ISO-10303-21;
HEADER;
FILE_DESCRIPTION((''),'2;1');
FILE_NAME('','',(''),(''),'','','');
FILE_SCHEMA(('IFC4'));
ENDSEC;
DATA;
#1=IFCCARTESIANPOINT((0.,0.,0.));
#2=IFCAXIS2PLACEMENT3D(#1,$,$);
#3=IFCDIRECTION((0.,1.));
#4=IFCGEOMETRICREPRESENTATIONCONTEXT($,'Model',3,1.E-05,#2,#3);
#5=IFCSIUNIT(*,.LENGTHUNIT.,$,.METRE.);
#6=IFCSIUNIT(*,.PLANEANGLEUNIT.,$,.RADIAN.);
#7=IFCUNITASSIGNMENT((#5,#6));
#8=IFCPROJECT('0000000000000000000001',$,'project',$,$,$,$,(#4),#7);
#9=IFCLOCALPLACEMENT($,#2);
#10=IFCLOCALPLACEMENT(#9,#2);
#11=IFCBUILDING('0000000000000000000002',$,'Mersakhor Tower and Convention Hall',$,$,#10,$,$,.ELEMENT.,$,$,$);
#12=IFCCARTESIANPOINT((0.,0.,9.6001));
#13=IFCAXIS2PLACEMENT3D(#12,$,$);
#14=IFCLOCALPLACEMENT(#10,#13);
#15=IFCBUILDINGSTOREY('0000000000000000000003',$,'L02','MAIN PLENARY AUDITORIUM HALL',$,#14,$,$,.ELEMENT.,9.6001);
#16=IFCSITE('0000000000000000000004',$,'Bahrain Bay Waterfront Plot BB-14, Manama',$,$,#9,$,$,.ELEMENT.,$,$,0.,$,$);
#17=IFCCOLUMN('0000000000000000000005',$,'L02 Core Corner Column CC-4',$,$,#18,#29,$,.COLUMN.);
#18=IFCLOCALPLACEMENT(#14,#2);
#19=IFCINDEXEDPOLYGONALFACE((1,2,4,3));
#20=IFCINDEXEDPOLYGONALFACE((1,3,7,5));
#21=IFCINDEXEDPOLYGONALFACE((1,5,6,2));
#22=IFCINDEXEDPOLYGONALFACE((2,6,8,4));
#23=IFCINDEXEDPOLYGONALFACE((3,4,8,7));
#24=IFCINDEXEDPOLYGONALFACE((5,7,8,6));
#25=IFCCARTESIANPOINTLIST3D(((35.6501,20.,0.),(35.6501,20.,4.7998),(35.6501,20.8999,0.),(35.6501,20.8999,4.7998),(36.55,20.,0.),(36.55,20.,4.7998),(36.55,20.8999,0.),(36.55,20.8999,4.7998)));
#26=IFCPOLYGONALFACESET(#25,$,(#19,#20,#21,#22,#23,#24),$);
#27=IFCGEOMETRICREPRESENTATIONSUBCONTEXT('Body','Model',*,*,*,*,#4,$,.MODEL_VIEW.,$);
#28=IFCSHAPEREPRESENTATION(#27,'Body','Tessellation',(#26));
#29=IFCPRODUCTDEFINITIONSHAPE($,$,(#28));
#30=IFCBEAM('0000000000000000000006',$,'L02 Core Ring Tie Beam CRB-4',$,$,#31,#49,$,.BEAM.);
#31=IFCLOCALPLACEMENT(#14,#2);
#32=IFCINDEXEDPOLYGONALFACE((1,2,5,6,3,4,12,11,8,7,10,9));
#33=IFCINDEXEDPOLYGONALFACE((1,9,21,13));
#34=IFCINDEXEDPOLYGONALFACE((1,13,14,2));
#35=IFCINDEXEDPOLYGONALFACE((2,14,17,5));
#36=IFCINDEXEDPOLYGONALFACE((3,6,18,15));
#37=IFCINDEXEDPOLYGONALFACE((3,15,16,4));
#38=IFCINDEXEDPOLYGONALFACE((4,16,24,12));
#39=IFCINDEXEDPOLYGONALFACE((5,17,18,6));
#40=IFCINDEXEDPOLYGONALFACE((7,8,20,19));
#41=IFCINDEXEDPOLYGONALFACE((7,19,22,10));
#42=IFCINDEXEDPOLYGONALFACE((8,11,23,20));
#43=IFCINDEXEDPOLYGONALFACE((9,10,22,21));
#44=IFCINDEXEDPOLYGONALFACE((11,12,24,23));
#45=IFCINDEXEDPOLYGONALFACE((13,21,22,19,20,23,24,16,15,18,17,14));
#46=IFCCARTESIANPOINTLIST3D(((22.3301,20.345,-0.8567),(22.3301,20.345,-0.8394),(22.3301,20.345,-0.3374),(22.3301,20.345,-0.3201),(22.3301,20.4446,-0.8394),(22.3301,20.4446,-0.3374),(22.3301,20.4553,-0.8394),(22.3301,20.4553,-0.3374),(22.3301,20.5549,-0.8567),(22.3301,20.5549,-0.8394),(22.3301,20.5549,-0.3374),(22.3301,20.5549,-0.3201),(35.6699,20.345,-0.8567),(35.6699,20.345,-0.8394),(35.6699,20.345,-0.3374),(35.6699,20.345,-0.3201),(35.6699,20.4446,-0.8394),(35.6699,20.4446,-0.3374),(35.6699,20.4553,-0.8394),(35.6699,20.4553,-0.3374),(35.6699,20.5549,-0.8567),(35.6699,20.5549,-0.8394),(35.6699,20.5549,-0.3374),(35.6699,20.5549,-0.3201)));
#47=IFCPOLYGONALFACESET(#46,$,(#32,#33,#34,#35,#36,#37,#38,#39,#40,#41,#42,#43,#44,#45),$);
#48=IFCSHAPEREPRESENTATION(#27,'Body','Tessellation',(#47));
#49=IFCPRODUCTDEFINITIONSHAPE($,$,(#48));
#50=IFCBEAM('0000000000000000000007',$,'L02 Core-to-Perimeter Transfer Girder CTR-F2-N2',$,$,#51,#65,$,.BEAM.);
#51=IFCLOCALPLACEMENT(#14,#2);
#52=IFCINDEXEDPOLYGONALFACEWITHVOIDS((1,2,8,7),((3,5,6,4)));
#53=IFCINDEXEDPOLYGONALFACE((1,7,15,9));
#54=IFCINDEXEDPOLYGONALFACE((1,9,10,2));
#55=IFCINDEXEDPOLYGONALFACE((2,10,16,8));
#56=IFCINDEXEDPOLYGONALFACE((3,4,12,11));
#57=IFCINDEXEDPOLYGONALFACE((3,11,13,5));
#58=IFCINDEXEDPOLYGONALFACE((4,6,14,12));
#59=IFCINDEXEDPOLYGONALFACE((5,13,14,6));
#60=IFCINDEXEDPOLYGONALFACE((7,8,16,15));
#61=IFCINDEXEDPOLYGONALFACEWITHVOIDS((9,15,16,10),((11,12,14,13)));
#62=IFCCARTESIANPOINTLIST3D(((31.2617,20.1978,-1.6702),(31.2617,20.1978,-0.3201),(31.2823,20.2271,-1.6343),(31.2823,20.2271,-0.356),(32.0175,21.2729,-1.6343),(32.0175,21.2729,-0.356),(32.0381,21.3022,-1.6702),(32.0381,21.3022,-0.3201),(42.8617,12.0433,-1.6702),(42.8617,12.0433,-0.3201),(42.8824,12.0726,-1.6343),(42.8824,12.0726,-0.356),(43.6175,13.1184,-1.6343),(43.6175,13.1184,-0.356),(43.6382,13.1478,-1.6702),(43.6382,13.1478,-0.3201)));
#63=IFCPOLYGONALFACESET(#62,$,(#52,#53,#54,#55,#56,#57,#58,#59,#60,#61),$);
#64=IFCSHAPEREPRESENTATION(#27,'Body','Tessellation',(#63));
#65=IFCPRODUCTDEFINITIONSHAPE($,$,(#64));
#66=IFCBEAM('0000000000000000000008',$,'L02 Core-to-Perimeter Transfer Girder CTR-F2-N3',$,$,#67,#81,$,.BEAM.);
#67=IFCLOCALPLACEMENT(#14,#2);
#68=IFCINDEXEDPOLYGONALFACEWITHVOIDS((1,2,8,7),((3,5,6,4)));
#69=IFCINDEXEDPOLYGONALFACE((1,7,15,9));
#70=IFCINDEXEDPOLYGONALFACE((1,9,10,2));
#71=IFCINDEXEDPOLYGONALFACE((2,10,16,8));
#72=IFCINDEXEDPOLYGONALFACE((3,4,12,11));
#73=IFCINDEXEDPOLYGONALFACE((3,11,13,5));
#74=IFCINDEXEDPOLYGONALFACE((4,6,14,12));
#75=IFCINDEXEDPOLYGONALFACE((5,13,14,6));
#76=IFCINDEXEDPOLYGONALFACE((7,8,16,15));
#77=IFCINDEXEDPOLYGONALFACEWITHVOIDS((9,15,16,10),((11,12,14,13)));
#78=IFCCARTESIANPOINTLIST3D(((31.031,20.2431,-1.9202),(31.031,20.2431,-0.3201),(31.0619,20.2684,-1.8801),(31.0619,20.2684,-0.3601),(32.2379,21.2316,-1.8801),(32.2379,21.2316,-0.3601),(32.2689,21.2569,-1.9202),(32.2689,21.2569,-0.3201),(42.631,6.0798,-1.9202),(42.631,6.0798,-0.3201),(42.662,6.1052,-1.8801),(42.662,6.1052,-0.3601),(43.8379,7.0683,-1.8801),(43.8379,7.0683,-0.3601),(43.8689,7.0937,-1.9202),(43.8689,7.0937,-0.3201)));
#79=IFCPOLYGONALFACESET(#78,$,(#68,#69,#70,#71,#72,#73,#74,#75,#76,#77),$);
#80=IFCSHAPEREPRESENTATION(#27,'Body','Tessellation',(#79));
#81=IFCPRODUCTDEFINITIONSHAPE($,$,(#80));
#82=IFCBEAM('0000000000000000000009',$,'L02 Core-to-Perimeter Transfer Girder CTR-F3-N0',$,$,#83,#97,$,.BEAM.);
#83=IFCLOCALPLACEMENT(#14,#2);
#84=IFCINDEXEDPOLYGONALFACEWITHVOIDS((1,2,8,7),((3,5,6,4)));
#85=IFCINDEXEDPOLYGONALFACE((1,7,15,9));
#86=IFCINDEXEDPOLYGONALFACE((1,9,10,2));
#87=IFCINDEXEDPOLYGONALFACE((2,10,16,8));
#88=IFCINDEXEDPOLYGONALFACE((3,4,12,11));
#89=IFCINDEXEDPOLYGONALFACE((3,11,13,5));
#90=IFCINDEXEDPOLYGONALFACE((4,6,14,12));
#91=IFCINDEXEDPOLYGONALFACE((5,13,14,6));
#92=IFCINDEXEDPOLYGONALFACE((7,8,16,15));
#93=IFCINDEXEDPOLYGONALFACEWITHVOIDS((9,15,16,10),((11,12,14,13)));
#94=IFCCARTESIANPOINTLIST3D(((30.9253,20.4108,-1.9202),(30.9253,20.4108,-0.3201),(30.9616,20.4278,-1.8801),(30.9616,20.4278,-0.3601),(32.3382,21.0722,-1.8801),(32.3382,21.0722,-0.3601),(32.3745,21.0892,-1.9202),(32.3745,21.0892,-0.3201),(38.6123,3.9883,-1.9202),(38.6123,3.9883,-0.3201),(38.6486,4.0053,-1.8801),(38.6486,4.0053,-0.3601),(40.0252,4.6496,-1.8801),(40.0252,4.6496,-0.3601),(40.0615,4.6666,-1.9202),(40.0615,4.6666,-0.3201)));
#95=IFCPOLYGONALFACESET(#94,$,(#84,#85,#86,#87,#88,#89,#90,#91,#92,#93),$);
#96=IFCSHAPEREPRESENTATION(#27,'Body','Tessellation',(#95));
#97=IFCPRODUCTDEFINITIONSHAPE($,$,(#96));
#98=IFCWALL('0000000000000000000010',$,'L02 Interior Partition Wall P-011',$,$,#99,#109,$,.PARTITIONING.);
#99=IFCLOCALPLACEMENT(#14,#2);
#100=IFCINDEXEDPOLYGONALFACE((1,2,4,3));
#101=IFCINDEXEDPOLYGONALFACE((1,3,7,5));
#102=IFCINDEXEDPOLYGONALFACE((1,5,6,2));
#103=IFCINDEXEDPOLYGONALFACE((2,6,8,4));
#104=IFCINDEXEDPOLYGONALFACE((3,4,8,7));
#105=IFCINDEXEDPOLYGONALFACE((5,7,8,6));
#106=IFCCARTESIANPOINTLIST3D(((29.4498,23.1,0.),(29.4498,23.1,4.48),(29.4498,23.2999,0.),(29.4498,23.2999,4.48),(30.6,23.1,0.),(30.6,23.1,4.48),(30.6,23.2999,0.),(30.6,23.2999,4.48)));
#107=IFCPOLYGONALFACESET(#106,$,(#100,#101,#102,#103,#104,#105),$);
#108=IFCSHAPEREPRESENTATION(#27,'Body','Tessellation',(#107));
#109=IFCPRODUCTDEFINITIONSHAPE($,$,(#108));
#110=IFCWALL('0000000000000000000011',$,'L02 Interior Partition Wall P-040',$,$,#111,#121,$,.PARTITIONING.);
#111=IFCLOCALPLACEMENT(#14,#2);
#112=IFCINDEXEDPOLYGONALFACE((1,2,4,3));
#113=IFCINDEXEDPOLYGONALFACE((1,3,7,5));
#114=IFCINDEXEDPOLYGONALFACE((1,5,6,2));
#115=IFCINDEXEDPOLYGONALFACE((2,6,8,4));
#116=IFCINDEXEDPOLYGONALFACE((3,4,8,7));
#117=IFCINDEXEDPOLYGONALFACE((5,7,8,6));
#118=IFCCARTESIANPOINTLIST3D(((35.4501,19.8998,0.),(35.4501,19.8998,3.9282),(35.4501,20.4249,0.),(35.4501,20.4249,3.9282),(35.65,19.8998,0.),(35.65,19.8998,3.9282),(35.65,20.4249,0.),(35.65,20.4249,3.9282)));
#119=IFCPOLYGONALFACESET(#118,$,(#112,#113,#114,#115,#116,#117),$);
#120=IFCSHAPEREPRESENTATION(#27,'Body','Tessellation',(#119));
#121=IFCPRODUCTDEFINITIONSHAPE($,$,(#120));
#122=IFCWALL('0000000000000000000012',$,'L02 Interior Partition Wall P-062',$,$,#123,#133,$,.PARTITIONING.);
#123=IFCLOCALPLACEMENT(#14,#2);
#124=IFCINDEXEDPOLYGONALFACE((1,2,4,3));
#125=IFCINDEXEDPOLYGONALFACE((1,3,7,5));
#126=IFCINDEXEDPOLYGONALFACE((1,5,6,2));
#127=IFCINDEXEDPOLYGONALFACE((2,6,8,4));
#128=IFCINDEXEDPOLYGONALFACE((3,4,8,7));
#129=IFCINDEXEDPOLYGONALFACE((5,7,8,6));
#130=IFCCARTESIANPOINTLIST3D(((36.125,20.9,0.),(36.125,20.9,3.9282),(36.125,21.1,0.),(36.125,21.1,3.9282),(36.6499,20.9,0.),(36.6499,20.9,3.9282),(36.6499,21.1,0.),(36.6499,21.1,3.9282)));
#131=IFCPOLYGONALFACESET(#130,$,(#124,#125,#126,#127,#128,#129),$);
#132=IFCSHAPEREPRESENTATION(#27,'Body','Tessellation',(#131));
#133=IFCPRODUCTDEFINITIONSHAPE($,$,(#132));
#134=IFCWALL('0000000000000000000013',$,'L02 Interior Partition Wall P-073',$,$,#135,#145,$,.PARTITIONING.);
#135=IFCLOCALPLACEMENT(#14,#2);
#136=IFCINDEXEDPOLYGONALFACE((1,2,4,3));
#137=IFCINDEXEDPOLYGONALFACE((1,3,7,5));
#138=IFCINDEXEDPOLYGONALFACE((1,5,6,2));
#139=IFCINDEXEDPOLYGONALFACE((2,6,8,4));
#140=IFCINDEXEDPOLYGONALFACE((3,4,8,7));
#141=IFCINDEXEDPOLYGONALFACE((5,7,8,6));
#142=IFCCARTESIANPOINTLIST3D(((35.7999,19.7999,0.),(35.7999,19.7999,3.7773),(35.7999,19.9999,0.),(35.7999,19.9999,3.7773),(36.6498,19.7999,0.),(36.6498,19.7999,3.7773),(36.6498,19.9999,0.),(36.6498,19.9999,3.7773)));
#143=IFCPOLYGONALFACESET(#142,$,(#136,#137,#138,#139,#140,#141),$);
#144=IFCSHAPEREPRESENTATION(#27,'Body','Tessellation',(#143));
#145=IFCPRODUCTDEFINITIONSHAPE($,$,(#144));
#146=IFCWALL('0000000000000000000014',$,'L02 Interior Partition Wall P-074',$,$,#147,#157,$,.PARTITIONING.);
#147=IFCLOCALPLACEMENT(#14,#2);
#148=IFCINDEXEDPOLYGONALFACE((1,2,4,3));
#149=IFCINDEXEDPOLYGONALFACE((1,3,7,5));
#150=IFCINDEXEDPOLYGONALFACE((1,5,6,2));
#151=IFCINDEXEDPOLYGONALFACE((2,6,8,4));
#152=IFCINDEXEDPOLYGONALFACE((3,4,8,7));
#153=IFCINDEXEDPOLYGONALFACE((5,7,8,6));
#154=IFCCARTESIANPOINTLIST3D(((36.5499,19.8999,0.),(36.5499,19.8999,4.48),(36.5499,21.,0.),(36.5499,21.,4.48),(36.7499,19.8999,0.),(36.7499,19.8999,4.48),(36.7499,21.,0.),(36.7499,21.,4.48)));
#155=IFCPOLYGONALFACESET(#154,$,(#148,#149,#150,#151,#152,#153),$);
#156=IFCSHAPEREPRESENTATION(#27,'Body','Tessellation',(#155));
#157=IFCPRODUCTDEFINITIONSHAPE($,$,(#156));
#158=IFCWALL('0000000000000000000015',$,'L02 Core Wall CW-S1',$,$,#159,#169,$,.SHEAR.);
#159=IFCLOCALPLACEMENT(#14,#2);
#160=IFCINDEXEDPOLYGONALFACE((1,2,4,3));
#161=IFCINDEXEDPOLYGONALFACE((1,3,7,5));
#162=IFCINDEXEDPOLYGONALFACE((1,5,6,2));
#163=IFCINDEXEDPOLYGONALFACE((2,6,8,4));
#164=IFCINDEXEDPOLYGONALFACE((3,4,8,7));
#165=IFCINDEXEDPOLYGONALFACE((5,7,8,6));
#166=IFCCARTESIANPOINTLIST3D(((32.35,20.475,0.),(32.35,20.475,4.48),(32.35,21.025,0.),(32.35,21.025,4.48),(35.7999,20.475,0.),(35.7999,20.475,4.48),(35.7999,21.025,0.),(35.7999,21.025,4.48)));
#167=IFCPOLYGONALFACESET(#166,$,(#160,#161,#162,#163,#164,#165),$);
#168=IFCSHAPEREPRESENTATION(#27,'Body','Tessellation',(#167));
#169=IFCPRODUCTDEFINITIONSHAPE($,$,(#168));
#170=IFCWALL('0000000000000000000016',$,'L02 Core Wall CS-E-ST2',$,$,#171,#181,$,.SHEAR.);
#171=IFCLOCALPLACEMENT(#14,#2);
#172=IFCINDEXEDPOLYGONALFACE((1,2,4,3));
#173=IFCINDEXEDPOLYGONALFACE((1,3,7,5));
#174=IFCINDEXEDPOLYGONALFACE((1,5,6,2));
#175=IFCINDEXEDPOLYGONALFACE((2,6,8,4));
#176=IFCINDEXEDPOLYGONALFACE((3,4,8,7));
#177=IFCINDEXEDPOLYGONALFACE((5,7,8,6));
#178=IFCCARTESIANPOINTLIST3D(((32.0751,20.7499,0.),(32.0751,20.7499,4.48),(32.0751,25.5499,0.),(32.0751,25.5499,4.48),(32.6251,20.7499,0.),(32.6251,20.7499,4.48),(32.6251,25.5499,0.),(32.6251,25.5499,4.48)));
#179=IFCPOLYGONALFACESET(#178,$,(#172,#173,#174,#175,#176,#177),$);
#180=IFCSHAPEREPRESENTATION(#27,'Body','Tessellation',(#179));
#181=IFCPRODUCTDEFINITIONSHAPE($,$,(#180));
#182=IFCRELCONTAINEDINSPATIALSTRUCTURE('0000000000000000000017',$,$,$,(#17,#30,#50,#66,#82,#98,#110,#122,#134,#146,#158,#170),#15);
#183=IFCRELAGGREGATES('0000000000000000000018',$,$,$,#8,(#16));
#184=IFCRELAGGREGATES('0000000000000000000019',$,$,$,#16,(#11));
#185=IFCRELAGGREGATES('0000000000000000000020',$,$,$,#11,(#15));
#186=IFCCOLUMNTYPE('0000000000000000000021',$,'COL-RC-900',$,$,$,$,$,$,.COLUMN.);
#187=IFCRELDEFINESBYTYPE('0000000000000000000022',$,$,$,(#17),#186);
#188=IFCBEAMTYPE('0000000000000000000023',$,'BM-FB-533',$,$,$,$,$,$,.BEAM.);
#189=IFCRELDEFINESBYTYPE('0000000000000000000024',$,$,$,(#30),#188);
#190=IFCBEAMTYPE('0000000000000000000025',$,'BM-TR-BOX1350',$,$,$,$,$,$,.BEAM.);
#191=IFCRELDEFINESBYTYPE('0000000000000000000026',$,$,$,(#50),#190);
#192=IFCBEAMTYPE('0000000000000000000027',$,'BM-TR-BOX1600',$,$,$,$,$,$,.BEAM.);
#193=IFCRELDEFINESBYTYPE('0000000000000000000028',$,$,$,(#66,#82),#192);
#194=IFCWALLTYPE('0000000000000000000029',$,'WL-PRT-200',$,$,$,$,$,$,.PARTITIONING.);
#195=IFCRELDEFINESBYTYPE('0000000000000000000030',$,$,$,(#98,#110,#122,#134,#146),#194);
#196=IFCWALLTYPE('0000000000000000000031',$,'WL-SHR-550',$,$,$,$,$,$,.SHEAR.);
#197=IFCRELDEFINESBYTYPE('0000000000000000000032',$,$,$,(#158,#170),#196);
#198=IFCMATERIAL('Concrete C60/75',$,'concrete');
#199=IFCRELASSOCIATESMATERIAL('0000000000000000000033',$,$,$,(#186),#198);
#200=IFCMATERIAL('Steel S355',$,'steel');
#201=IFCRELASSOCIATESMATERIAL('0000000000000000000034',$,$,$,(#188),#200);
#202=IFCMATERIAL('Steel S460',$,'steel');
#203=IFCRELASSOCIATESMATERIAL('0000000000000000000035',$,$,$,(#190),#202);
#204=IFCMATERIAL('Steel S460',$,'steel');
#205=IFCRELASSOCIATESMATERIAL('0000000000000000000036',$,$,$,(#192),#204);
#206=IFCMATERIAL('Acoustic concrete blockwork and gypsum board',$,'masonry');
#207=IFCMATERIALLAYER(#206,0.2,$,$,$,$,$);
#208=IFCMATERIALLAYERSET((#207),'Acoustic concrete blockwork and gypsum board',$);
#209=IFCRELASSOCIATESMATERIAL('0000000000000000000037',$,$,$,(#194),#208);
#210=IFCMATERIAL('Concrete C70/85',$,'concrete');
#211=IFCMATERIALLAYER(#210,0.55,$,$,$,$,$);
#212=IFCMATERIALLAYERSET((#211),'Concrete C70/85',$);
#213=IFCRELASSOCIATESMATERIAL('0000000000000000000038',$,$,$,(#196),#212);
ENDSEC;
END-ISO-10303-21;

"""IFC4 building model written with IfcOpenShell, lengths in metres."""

from ifc_helpers import new_model, si_unit, direction, frame, frame_2d, origin, origin_2d, place, context, subcontext, project, spatial, rectangle, hollow_rectangle, i_section, extrude, material, layer, layer_set, material_profile, profile_set, type_object, element, save


model = new_model("IFC4")

# Units and contexts
model_context = context("Model", 3, precision=1e-05, world=origin(), true_north=direction((0.0, 1.0)))
body_context = subcontext(model_context, "Body", "Model", "MODEL_VIEW")
ifc_project = project(units=[si_unit("LENGTHUNIT", "METRE"), si_unit("PLANEANGLEUNIT", "RADIAN")], contexts=[model_context])

# Site, building, storey
site_placement = place(None, origin())
site = spatial("IfcSite", under=ifc_project, at=site_placement, Name="Bahrain Bay Waterfront Plot BB-14, Manama", CompositionType="ELEMENT", RefElevation=0.0)
building_placement = place(site_placement, origin())
building = spatial("IfcBuilding", under=site, at=building_placement, Name="Mersakhor Tower and Convention Hall", CompositionType="ELEMENT")
storey_placement = place(building_placement, frame((0.0, 0.0, 9.6001)))
storey = spatial("IfcBuildingStorey", under=building, at=storey_placement, Name="L02", Description="MAIN PLENARY AUDITORIUM HALL", CompositionType="ELEMENT", Elevation=9.6001)

# Column
ifc_material_1 = material(Name="Concrete C60/75", Category="concrete")
ifc_material_profile_1 = material_profile(ifc_material_1, rectangle(XDim=0.8999, YDim=0.8999, at=origin_2d()), Name="RC 900x900")
ifc_profile_set_1 = profile_set([ifc_material_profile_1], Name="Concrete C60/75")
column_type = type_object("IfcColumnType", Name="COL-RC-900", PredefinedType="COLUMN", material=ifc_profile_set_1)
column_placement = place(storey_placement, frame((36.1001, 20.45, 0.0), z_axis=(0.0, 0.0, 1.0), x_axis=(1.0, 0.0, 0.0)))
element("IfcColumn", 1, at=column_placement, inside=storey, type_object=column_type, Name="L02 Core Corner Column CC-4", PredefinedType="COLUMN", context=body_context, shape_type="SweptSolid", body=[
    extrude(rectangle(XDim=0.8999, YDim=0.8999, at=origin_2d()), origin(), (0.0, 0.0, 1.0), 4.7998),
])

# Beams
ifc_material_2 = material(Name="Steel S355", Category="steel")
ifc_material_profile_2 = material_profile(ifc_material_2, i_section(OverallWidth=0.21, OverallDepth=0.5366, WebThickness=0.0107, FlangeThickness=0.0173, at=origin_2d()), Name="UB 533x210x101")
ifc_profile_set_2 = profile_set([ifc_material_profile_2], Name="Steel S355")
beam_type_1 = type_object("IfcBeamType", Name="BM-FB-533", PredefinedType="BEAM", material=ifc_profile_set_2)
beam_1_placement = place(storey_placement, frame((35.6699, 20.45, -0.5884), z_axis=(-1.0, 0.0, 0.0), x_axis=(0.0, -1.0, 0.0)))
element("IfcBeam", 2, at=beam_1_placement, inside=storey, type_object=beam_type_1, Name="L02 Core Ring Tie Beam CRB-4", PredefinedType="BEAM", context=body_context, shape_type="SweptSolid", body=[
    extrude(i_section(OverallWidth=0.21, OverallDepth=0.5366, WebThickness=0.0107, FlangeThickness=0.0173, at=origin_2d()), origin(), (0.0, 0.0, 1.0), 13.3398),
])
ifc_material_3 = material(Name="Steel S460", Category="steel")
ifc_material_profile_3 = material_profile(ifc_material_3, hollow_rectangle(XDim=1.3501, YDim=1.3501, WallThickness=0.0359, at=origin_2d()), Name="SHS 1350x1350x36")
ifc_profile_set_3 = profile_set([ifc_material_profile_3], Name="Steel S460")
beam_type_2 = type_object("IfcBeamType", Name="BM-TR-BOX1350", PredefinedType="BEAM", material=ifc_profile_set_3)
beam_2_placement = place(storey_placement, frame((31.6499, 20.75, -0.9951), z_axis=(0.818088, -0.575093, 0.0), x_axis=(0.575093, 0.818088, 0.0)))
element("IfcBeam", 3, at=beam_2_placement, inside=storey, type_object=beam_type_2, Name="L02 Core-to-Perimeter Transfer Girder CTR-F2-N2", PredefinedType="BEAM", context=body_context, shape_type="SweptSolid", body=[
    extrude(hollow_rectangle(XDim=1.3501, YDim=1.3501, WallThickness=0.0359, at=origin_2d()), origin(), (0.0, 0.0, 1.0), 14.1794),
])
ifc_material_4 = material(Name="Steel S460", Category="steel")
ifc_material_profile_4 = material_profile(ifc_material_4, hollow_rectangle(XDim=1.6001, YDim=1.6001, WallThickness=0.04, at=origin_2d()), Name="SHS 1600x1600x40")
ifc_profile_set_4 = profile_set([ifc_material_profile_4], Name="Steel S460")
beam_type_3 = type_object("IfcBeamType", Name="BM-TR-BOX1600", PredefinedType="BEAM", material=ifc_profile_set_4)
beam_3_placement = place(storey_placement, frame((31.6499, 20.75, -1.1201), z_axis=(0.633628, -0.773638, 0.0), x_axis=(0.773638, 0.633628, 0.0)))
element("IfcBeam", 4, at=beam_3_placement, inside=storey, type_object=beam_type_3, Name="L02 Core-to-Perimeter Transfer Girder CTR-F2-N3", PredefinedType="BEAM", context=body_context, shape_type="SweptSolid", body=[
    extrude(hollow_rectangle(XDim=1.6001, YDim=1.6001, WallThickness=0.04, at=origin_2d()), origin(), (0.0, 0.0, 1.0), 18.3074),
])
beam_4_placement = place(storey_placement, frame((31.6499, 20.75, -1.1201), z_axis=(0.423933, -0.905694, 0.0), x_axis=(0.905694, 0.423933, 0.0)))
element("IfcBeam", 5, at=beam_4_placement, inside=storey, type_object=beam_type_3, Name="L02 Core-to-Perimeter Transfer Girder CTR-F3-N0", PredefinedType="BEAM", context=body_context, shape_type="SweptSolid", body=[
    extrude(hollow_rectangle(XDim=1.6001, YDim=1.6001, WallThickness=0.04, at=origin_2d()), origin(), (0.0, 0.0, 1.0), 18.1326),
])

# Walls
ifc_material_5 = material(Name="Acoustic concrete blockwork and gypsum board", Category="masonry")
ifc_layer_1 = layer(ifc_material_5, 0.2)
ifc_layer_set_1 = layer_set([ifc_layer_1], Name="Acoustic concrete blockwork and gypsum board")
wall_type_1 = type_object("IfcWallType", Name="WL-PRT-200", PredefinedType="PARTITIONING", material=ifc_layer_set_1)
wall_1_placement = place(storey_placement, frame((30.6001, 23.2, 0.0), z_axis=(0.0, 0.0, 1.0), x_axis=(-1.0, 0.0, 0.0)))
element("IfcWall", 6, at=wall_1_placement, inside=storey, type_object=wall_type_1, Name="L02 Interior Partition Wall P-011", PredefinedType="PARTITIONING", context=body_context, shape_type="SweptSolid", body=[
    extrude(rectangle(XDim=1.1501, YDim=0.2, at=frame_2d((0.5752, 0.0))), origin(), (0.0, 0.0, 1.0), 4.48),
])
wall_2_placement = place(storey_placement, frame((35.55, 20.425, 0.0), z_axis=(0.0, 0.0, 1.0), x_axis=(0.0, -1.0, 0.0)))
element("IfcWall", 7, at=wall_2_placement, inside=storey, type_object=wall_type_1, Name="L02 Interior Partition Wall P-040", PredefinedType="PARTITIONING", context=body_context, shape_type="SweptSolid", body=[
    extrude(rectangle(XDim=0.5251, YDim=0.2, at=frame_2d((0.2627, 0.0))), origin(), (0.0, 0.0, 1.0), 3.9282),
])
wall_3_placement = place(storey_placement, frame((36.6499, 21.0, 0.0), z_axis=(0.0, 0.0, 1.0), x_axis=(-1.0, 0.0, 0.0)))
element("IfcWall", 8, at=wall_3_placement, inside=storey, type_object=wall_type_1, Name="L02 Interior Partition Wall P-062", PredefinedType="PARTITIONING", context=body_context, shape_type="SweptSolid", body=[
    extrude(rectangle(XDim=0.5249, YDim=0.2, at=frame_2d((0.2625, 0.0))), origin(), (0.0, 0.0, 1.0), 3.9282),
])
wall_4_placement = place(storey_placement, frame((35.8, 19.8999, 0.0), z_axis=(0.0, 0.0, 1.0), x_axis=(1.0, 0.0, 0.0)))
element("IfcWall", 9, at=wall_4_placement, inside=storey, type_object=wall_type_1, Name="L02 Interior Partition Wall P-073", PredefinedType="PARTITIONING", context=body_context, shape_type="SweptSolid", body=[
    extrude(rectangle(XDim=0.8499, YDim=0.2, at=frame_2d((0.4248, 0.0))), origin(), (0.0, 0.0, 1.0), 3.7773),
])
wall_5_placement = place(storey_placement, frame((36.6499, 19.8999, 0.0), z_axis=(0.0, 0.0, 1.0), x_axis=(0.0, 1.0, 0.0)))
element("IfcWall", 10, at=wall_5_placement, inside=storey, type_object=wall_type_1, Name="L02 Interior Partition Wall P-074", PredefinedType="PARTITIONING", context=body_context, shape_type="SweptSolid", body=[
    extrude(rectangle(XDim=1.1001, YDim=0.2, at=frame_2d((0.55, 0.0))), origin(), (0.0, 0.0, 1.0), 4.48),
])
ifc_material_6 = material(Name="Concrete C70/85", Category="concrete")
ifc_layer_2 = layer(ifc_material_6, 0.55)
ifc_layer_set_2 = layer_set([ifc_layer_2], Name="Concrete C70/85")
wall_type_2 = type_object("IfcWallType", Name="WL-SHR-550", PredefinedType="SHEAR", material=ifc_layer_set_2)
wall_6_placement = place(storey_placement, frame((35.8, 20.75, 0.0), z_axis=(0.0, 0.0, 1.0), x_axis=(-1.0, 0.0, 0.0)))
element("IfcWall", 11, at=wall_6_placement, inside=storey, type_object=wall_type_2, Name="L02 Core Wall CW-S1", PredefinedType="SHEAR", context=body_context, shape_type="SweptSolid", body=[
    extrude(rectangle(XDim=3.45, YDim=0.55, at=frame_2d((1.7251, 0.0))), origin(), (0.0, 0.0, 1.0), 4.48),
])

# Wall
wall_7_placement = place(storey_placement, frame((32.3501, 20.75, 0.0), z_axis=(0.0, 0.0, 1.0), x_axis=(0.0, 1.0, 0.0)))
element("IfcWall", 12, at=wall_7_placement, inside=storey, type_object=wall_type_2, Name="L02 Core Wall CS-E-ST2", PredefinedType="SHEAR", context=body_context, shape_type="SweptSolid", body=[
    extrude(rectangle(XDim=4.8, YDim=0.55, at=frame_2d((2.3999, 0.0))), origin(), (0.0, 0.0, 1.0), 4.48),
])

save(model, "model.ifc")
